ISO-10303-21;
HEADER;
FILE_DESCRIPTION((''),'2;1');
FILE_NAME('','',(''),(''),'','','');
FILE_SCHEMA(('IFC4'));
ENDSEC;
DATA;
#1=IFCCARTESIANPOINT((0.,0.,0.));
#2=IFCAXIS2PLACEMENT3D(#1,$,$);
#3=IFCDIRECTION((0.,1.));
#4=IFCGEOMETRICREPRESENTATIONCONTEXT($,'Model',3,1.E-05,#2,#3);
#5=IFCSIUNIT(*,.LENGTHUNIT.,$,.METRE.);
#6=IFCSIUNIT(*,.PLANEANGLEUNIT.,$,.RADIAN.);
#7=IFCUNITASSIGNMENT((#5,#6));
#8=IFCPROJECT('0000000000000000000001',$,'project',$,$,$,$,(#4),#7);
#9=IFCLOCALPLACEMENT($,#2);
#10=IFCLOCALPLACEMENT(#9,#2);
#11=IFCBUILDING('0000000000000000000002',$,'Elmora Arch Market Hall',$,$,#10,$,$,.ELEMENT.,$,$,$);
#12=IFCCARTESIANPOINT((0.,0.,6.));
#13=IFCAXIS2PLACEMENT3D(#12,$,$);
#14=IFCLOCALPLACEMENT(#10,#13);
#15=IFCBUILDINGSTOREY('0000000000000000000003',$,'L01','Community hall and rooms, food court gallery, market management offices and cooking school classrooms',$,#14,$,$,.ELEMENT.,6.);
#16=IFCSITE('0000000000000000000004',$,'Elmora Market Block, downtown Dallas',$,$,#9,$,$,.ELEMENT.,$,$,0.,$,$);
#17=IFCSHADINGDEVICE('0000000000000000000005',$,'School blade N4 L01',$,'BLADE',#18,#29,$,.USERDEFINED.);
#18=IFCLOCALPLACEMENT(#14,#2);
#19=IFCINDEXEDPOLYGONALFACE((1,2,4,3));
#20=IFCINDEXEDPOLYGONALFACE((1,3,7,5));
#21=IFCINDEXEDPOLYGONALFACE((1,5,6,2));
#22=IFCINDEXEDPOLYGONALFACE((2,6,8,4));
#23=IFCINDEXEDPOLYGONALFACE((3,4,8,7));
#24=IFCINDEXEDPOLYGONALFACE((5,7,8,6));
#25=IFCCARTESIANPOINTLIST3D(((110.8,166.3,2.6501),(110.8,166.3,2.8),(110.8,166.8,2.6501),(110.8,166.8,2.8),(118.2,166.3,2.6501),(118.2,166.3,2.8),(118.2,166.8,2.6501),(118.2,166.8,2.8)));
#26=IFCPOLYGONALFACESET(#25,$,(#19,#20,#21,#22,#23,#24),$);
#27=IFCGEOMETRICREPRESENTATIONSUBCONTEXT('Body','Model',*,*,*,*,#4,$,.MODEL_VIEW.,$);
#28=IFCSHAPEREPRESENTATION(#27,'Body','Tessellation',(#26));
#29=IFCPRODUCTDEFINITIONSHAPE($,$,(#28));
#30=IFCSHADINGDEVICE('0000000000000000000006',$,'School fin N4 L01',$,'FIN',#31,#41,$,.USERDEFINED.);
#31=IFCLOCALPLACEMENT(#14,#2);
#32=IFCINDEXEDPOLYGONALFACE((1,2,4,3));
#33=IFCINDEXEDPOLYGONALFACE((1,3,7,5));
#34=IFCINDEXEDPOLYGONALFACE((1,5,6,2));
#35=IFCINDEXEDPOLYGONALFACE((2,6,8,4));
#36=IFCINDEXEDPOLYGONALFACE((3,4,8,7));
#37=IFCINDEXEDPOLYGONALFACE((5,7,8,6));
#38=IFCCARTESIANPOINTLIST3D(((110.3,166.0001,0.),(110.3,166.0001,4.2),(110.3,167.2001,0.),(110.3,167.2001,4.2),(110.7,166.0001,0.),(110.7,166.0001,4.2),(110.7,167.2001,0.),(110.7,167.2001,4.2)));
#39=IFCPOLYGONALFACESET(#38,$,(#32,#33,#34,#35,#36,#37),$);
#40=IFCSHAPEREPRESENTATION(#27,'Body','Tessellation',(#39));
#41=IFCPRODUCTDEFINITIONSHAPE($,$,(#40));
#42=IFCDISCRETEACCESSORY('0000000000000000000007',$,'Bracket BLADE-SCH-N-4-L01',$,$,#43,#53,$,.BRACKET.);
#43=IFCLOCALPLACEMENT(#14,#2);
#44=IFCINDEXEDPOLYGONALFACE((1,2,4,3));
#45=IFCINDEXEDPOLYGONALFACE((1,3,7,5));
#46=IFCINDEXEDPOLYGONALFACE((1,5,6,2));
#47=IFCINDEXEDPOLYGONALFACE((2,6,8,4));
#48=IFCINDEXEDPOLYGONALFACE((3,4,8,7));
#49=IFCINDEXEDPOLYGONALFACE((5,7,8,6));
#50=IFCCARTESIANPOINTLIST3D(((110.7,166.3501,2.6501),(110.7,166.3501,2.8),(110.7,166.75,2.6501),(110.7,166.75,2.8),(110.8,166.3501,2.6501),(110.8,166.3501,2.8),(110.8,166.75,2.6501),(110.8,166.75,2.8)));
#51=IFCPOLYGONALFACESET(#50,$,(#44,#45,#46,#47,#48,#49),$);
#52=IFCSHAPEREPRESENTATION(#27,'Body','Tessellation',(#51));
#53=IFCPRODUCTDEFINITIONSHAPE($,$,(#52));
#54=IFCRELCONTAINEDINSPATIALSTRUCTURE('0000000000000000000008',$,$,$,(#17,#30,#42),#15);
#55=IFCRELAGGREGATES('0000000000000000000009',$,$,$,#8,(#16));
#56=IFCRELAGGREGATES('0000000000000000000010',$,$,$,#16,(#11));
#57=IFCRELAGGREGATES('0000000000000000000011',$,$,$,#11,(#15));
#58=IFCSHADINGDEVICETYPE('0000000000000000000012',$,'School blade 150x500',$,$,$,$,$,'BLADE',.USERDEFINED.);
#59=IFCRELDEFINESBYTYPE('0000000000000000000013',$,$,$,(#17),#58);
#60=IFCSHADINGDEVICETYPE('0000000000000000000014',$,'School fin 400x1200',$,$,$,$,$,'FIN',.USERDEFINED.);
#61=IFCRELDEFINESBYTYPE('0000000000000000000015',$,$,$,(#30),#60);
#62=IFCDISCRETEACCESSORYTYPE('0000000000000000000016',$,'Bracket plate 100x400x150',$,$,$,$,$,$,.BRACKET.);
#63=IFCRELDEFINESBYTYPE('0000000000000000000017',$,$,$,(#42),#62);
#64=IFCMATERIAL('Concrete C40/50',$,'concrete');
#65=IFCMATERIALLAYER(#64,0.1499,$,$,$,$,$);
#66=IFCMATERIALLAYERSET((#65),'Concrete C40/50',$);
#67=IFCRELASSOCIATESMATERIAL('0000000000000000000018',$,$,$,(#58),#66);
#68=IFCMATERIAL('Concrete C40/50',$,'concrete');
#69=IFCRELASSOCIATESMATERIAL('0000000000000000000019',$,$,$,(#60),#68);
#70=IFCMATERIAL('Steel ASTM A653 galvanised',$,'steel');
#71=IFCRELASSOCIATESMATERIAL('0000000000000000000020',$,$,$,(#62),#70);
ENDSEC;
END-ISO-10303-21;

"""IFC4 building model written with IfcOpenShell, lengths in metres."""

from ifc_helpers import new_model, si_unit, direction, frame, origin, origin_2d, place, context, subcontext, project, spatial, rectangle, extrude, material, layer, layer_set, type_object, element, save


model = new_model("IFC4")

# Units and contexts
model_context = context("Model", 3, precision=1e-05, world=origin(), true_north=direction((0.0, 1.0)))
body_context = subcontext(model_context, "Body", "Model", "MODEL_VIEW")
ifc_project = project(units=[si_unit("LENGTHUNIT", "METRE"), si_unit("PLANEANGLEUNIT", "RADIAN")], contexts=[model_context])

# Site, building, storey
site_placement = place(None, origin())
site = spatial("IfcSite", under=ifc_project, at=site_placement, Name="Elmora Market Block, downtown Dallas", CompositionType="ELEMENT", RefElevation=0.0)
building_placement = place(site_placement, origin())
building = spatial("IfcBuilding", under=site, at=building_placement, Name="Elmora Arch Market Hall", CompositionType="ELEMENT")
storey_placement = place(building_placement, frame((0.0, 0.0, 6.0)))
storey = spatial("IfcBuildingStorey", under=building, at=storey_placement, Name="L01", Description="Community hall and rooms, food court gallery, market management offices and cooking school classrooms", CompositionType="ELEMENT", Elevation=6.0)

# Shading devices
ifc_material_1 = material(Name="Concrete C40/50", Category="concrete")
ifc_layer_1 = layer(ifc_material_1, 0.1499)
ifc_layer_set_1 = layer_set([ifc_layer_1], Name="Concrete C40/50")
shading_device_type_1 = type_object("IfcShadingDeviceType", Name="School blade 150x500", ElementType="BLADE", PredefinedType="USERDEFINED", material=ifc_layer_set_1)
shading_device_1_placement = place(storey_placement, frame((114.5, 166.55, 2.6501), z_axis=(0.0, 0.0, 1.0), x_axis=(1.0, 0.0, 0.0)))
element("IfcShadingDevice", 1, at=shading_device_1_placement, inside=storey, type_object=shading_device_type_1, Name="School blade N4 L01", ObjectType="BLADE", PredefinedType="USERDEFINED", context=body_context, shape_type="SweptSolid", body=[
    extrude(rectangle(XDim=7.3999, YDim=0.5, at=origin_2d()), origin(), (0.0, 0.0, 1.0), 0.1499),
])
ifc_material_2 = material(Name="Concrete C40/50", Category="concrete")
shading_device_type_2 = type_object("IfcShadingDeviceType", Name="School fin 400x1200", ElementType="FIN", PredefinedType="USERDEFINED", material=ifc_material_2)
shading_device_2_placement = place(storey_placement, frame((110.5, 166.6001, 0.0), z_axis=(0.0, 0.0, 1.0), x_axis=(1.0, 0.0, 0.0)))
element("IfcShadingDevice", 2, at=shading_device_2_placement, inside=storey, type_object=shading_device_type_2, Name="School fin N4 L01", ObjectType="FIN", PredefinedType="USERDEFINED", context=body_context, shape_type="SweptSolid", body=[
    extrude(rectangle(XDim=0.3999, YDim=1.2, at=origin_2d()), origin(), (0.0, 0.0, 1.0), 4.2),
])

# Discrete accessory
ifc_material_3 = material(Name="Steel ASTM A653 galvanised", Category="steel")
discrete_accessory_type = type_object("IfcDiscreteAccessoryType", Name="Bracket plate 100x400x150", PredefinedType="BRACKET", material=ifc_material_3)
discrete_accessory_placement = place(storey_placement, frame((110.75, 166.55, 2.6501), z_axis=(0.0, 0.0, 1.0), x_axis=(1.0, 0.0, 0.0)))
element("IfcDiscreteAccessory", 3, at=discrete_accessory_placement, inside=storey, type_object=discrete_accessory_type, Name="Bracket BLADE-SCH-N-4-L01", PredefinedType="BRACKET", context=body_context, shape_type="SweptSolid", body=[
    extrude(rectangle(XDim=0.1001, YDim=0.3999, at=origin_2d()), origin(), (0.0, 0.0, 1.0), 0.1499),
])

save(model, "model.ifc")
